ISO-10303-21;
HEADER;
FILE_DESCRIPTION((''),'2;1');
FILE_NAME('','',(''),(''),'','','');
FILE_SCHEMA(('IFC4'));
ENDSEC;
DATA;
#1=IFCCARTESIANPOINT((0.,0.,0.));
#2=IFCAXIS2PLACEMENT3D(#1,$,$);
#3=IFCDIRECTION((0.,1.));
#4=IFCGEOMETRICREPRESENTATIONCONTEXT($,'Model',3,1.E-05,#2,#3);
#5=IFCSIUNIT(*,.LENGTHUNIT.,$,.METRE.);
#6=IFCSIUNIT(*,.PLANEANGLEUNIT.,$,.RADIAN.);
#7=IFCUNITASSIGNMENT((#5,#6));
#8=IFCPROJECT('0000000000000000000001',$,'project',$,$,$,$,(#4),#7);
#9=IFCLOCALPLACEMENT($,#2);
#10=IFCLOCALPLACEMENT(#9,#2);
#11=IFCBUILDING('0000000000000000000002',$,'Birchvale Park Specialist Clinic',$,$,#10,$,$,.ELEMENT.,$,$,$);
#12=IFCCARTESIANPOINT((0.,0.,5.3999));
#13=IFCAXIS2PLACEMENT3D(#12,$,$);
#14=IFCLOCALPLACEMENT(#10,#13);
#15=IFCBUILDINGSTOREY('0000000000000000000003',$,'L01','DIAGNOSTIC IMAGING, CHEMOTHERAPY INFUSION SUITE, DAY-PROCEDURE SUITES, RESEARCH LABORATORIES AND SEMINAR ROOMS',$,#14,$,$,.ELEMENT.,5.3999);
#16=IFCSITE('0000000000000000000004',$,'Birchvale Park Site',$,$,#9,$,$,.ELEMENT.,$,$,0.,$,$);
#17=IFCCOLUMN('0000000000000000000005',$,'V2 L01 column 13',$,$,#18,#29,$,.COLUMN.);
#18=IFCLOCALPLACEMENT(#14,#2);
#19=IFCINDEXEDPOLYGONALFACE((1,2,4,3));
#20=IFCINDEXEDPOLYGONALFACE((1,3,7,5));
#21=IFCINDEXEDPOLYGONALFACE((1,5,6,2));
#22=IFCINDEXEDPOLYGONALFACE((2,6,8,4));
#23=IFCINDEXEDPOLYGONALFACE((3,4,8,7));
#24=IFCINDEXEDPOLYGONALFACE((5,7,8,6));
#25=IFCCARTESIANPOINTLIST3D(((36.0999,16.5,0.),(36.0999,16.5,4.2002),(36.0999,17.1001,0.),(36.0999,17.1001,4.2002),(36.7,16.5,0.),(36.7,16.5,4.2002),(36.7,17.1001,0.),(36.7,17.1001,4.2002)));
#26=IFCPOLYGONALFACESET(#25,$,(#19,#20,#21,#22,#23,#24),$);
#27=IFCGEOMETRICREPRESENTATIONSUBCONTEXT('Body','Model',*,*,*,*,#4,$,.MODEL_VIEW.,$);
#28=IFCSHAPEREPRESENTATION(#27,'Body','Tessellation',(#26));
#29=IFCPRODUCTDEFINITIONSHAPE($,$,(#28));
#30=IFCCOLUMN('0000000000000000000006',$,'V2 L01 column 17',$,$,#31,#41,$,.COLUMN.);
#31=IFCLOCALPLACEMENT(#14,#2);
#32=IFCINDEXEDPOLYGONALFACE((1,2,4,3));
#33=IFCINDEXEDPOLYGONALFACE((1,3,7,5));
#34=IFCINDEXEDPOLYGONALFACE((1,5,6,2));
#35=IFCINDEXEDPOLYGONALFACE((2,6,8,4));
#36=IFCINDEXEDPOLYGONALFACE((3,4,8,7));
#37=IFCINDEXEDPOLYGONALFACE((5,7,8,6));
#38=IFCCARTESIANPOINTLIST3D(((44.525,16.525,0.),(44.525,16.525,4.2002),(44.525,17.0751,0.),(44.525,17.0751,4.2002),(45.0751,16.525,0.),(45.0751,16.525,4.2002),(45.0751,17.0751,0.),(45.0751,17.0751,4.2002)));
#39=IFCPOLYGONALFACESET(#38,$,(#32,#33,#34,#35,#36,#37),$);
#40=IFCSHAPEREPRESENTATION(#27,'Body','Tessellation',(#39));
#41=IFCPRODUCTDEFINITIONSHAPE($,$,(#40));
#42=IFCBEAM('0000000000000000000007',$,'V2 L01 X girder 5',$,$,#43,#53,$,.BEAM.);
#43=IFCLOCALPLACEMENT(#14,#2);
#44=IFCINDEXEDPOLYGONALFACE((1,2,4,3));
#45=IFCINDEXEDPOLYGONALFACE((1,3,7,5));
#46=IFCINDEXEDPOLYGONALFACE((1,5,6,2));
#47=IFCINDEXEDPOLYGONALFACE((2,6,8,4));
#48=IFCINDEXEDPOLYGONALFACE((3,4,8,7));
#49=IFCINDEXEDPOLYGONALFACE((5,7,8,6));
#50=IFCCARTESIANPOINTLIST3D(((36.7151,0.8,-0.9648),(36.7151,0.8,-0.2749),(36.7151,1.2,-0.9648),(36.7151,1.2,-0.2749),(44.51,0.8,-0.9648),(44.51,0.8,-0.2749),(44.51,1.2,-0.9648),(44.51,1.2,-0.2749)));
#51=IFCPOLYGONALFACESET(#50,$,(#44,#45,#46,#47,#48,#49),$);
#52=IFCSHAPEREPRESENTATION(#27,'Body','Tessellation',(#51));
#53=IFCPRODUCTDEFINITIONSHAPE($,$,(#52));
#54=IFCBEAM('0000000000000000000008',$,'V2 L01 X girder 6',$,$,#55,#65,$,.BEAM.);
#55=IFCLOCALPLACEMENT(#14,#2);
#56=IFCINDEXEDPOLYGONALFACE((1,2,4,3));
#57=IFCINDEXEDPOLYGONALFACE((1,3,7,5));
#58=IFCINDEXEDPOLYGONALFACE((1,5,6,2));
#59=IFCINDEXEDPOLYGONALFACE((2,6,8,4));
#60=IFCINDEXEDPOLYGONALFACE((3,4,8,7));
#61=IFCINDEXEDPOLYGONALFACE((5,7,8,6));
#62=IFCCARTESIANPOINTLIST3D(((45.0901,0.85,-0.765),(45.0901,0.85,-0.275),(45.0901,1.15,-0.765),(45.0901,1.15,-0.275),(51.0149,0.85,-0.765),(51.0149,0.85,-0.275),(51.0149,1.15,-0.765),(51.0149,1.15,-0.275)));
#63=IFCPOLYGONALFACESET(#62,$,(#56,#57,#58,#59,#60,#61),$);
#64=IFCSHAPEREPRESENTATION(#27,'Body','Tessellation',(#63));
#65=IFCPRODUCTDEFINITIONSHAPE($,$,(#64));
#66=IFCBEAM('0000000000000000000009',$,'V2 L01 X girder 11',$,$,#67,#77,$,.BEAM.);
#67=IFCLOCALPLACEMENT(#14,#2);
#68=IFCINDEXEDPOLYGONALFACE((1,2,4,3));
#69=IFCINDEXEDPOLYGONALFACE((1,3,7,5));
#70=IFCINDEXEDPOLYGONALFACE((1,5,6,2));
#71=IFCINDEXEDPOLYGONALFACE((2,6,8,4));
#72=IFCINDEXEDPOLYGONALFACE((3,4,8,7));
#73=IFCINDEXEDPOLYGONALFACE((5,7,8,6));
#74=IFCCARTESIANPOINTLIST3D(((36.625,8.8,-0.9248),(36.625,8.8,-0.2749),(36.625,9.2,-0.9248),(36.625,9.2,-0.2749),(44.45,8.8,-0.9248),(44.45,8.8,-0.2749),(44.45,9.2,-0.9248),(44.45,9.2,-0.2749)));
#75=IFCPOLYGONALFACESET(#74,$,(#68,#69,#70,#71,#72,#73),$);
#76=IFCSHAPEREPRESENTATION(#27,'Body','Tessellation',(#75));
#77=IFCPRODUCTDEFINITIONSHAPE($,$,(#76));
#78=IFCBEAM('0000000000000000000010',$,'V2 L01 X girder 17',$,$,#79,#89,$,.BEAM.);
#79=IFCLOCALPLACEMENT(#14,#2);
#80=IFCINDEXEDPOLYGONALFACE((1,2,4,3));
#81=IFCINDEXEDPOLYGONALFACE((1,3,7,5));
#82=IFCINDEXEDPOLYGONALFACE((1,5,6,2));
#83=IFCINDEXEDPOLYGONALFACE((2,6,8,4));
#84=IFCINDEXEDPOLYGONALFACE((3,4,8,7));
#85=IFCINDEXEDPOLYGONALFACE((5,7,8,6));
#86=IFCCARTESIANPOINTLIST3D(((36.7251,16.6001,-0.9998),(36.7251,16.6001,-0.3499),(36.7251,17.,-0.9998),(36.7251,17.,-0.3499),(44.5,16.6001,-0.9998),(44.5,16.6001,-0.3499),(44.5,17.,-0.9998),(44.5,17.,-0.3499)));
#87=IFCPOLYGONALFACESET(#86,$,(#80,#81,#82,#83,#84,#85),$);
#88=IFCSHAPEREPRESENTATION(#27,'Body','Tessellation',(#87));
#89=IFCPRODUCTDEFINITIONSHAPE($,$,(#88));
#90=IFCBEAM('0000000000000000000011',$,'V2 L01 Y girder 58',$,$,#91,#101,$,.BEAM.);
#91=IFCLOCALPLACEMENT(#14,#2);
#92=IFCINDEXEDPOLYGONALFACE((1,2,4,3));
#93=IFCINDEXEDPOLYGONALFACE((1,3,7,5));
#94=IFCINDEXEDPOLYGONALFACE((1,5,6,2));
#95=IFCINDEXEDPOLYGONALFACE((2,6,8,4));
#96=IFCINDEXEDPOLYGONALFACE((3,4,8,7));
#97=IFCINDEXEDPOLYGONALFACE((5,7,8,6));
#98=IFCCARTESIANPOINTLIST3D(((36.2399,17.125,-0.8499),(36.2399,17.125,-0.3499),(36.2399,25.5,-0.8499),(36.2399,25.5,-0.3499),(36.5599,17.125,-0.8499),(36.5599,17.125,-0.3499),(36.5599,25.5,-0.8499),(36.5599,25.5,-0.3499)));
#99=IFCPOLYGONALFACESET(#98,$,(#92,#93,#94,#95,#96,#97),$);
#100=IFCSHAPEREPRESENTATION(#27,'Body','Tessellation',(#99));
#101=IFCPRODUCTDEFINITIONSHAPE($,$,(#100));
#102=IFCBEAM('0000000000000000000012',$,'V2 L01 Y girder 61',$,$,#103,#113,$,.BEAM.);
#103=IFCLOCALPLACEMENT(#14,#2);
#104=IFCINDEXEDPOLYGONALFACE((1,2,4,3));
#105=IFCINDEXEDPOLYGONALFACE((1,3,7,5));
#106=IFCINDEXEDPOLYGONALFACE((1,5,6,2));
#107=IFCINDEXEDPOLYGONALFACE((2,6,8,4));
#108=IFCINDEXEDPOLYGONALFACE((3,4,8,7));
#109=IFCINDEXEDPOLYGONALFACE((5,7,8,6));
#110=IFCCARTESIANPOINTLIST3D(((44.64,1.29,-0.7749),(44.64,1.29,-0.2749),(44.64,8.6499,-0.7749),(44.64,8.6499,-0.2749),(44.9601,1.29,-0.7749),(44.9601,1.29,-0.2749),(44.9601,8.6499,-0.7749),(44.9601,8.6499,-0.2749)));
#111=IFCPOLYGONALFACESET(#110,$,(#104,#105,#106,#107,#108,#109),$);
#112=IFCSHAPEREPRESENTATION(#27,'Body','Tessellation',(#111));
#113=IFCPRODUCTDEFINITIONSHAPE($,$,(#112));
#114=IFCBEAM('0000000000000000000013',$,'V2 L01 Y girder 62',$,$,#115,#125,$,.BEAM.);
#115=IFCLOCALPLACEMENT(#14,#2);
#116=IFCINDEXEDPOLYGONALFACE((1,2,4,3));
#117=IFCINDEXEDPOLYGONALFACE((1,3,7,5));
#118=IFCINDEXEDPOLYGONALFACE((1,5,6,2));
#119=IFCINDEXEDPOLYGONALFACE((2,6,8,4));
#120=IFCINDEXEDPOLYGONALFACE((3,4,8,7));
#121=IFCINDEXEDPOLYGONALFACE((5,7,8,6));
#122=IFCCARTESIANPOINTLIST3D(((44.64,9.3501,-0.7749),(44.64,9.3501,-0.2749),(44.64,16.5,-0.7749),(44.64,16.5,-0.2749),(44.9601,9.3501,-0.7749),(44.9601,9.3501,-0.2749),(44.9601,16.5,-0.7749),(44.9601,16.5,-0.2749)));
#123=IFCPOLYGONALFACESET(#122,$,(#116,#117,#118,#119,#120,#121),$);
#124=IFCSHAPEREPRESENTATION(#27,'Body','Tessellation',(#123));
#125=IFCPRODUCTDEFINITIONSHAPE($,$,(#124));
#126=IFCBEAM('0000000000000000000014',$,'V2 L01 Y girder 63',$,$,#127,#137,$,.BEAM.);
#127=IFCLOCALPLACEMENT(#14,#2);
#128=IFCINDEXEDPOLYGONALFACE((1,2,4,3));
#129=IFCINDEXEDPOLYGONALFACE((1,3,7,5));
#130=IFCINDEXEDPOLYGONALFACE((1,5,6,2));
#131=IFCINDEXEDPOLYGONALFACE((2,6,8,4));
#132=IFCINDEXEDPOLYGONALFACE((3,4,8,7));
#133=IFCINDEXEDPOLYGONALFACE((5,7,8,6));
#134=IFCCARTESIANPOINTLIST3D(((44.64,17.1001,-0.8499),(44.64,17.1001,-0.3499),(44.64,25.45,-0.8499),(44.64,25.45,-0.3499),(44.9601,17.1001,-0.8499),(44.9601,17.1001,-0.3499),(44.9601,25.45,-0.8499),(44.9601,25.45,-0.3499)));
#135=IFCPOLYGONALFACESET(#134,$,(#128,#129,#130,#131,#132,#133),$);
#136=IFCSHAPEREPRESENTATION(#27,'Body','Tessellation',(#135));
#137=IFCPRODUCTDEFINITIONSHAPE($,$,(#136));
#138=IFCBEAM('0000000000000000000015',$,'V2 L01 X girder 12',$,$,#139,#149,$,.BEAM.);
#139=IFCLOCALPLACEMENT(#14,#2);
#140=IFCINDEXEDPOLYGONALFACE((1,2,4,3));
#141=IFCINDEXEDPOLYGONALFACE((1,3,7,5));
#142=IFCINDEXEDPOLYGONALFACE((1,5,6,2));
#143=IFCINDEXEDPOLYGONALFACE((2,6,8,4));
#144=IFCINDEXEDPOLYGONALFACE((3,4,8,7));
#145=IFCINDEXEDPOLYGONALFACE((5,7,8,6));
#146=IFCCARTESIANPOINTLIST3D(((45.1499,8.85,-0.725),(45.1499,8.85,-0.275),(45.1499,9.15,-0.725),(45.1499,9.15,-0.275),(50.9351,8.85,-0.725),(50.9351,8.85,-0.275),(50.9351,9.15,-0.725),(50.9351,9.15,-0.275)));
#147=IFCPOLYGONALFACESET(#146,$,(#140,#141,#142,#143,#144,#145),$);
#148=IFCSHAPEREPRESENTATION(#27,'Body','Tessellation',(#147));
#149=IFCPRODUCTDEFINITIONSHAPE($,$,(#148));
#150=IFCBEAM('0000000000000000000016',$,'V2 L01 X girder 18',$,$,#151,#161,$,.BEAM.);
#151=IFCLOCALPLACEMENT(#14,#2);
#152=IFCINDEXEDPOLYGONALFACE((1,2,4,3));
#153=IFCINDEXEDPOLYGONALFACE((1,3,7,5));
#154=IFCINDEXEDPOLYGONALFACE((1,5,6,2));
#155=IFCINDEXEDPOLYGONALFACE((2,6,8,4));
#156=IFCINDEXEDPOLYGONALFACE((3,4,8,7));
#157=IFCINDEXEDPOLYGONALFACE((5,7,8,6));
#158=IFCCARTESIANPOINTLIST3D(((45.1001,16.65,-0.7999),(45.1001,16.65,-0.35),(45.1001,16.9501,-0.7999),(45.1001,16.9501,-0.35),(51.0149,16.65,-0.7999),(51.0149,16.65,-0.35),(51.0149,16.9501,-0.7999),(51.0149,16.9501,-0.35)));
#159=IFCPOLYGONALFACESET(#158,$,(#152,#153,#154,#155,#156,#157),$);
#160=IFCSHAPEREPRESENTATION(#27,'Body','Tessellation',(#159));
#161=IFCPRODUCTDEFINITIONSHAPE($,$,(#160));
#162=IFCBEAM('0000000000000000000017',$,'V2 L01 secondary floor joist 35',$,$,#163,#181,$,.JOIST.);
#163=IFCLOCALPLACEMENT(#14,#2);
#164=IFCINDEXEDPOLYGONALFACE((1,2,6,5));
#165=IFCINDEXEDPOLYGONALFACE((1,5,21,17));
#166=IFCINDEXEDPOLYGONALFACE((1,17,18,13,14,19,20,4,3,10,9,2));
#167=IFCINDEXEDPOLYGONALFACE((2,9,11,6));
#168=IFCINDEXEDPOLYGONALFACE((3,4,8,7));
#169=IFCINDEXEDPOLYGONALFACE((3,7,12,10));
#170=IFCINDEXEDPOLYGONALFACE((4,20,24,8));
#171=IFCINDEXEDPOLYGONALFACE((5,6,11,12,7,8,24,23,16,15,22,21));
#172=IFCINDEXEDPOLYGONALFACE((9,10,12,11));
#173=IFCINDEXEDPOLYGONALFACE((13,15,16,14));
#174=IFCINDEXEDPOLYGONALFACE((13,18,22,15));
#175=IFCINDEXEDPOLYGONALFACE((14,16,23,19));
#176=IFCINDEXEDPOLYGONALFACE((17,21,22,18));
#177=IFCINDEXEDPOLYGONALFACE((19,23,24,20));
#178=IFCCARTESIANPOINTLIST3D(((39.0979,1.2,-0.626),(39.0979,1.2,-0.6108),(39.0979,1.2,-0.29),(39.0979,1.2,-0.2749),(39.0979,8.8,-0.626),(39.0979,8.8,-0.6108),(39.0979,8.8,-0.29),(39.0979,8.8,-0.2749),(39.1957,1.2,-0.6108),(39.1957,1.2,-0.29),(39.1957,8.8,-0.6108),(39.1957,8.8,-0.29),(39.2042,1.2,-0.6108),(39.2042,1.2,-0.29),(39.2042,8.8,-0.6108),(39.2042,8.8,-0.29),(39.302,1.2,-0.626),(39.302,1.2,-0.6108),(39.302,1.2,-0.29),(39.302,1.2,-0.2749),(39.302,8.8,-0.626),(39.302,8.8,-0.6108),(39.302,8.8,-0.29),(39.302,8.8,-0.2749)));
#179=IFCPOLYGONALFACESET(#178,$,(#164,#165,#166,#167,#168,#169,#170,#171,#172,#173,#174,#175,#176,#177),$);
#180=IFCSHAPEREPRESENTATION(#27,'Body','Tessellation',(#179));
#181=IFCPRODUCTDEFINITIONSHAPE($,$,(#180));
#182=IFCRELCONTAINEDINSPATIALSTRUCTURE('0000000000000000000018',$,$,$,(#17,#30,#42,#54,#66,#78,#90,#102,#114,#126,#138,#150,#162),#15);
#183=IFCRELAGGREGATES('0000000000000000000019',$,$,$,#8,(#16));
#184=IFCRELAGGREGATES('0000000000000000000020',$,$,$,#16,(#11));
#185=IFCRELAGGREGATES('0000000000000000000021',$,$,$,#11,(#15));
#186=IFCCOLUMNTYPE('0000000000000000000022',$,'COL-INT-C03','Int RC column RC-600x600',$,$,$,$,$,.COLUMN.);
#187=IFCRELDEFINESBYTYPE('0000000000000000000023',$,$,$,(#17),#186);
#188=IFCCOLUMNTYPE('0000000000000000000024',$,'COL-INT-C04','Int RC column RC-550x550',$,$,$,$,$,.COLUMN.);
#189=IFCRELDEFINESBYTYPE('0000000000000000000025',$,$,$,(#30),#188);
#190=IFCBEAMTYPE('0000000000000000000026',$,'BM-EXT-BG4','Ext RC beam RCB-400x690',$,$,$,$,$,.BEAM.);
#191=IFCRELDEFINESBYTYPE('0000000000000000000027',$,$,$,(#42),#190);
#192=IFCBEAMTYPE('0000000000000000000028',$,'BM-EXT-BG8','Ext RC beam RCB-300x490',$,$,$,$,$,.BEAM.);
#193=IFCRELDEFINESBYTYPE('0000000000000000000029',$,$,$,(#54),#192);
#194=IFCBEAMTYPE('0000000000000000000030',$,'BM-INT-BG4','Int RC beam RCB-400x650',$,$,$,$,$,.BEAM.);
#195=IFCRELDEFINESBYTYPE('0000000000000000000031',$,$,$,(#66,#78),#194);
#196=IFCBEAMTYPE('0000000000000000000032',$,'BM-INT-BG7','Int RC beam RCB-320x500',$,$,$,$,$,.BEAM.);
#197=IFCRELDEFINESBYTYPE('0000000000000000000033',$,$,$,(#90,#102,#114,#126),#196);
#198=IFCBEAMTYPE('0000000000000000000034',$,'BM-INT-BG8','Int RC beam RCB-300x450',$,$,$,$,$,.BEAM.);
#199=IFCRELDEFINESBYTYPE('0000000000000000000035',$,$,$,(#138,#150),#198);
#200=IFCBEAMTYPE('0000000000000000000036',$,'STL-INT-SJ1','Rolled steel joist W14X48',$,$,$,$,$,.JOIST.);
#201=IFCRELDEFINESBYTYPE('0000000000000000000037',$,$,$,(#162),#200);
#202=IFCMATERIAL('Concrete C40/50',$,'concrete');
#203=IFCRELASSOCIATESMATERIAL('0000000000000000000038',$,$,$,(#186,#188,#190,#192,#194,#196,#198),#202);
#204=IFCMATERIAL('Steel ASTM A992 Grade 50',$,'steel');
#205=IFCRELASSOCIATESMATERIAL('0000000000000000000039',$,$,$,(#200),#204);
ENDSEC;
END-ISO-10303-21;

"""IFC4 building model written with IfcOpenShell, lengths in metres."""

from ifc_helpers import new_model, si_unit, direction, frame, origin, origin_2d, place, context, subcontext, project, spatial, rectangle, i_section, extrude, material, material_profile, profile_set, type_object, element, save


model = new_model("IFC4")

# Units and contexts
model_context = context("Model", 3, precision=1e-05, world=origin(), true_north=direction((0.0, 1.0)))
body_context = subcontext(model_context, "Body", "Model", "MODEL_VIEW")
ifc_project = project(units=[si_unit("LENGTHUNIT", "METRE"), si_unit("PLANEANGLEUNIT", "RADIAN")], contexts=[model_context])

# Site, building, storey
site_placement = place(None, origin())
site = spatial("IfcSite", under=ifc_project, at=site_placement, Name="Birchvale Park Site", CompositionType="ELEMENT", RefElevation=0.0)
building_placement = place(site_placement, origin())
building = spatial("IfcBuilding", under=site, at=building_placement, Name="Birchvale Park Specialist Clinic", CompositionType="ELEMENT")
storey_placement = place(building_placement, frame((0.0, 0.0, 5.3999)))
storey = spatial("IfcBuildingStorey", under=building, at=storey_placement, Name="L01", Description="DIAGNOSTIC IMAGING, CHEMOTHERAPY INFUSION SUITE, DAY-PROCEDURE SUITES, RESEARCH LABORATORIES AND SEMINAR ROOMS", CompositionType="ELEMENT", Elevation=5.3999)

# Columns
ifc_material_1 = material(Name="Concrete C40/50", Category="concrete")
ifc_material_profile_1 = material_profile(ifc_material_1, rectangle(XDim=0.6001, YDim=0.6001, at=origin_2d()), Name="RC-600x600")
ifc_profile_set_1 = profile_set([ifc_material_profile_1], Name="Concrete C40/50")
column_type_1 = type_object("IfcColumnType", Name="COL-INT-C03", Description="Int RC column RC-600x600", PredefinedType="COLUMN", material=ifc_profile_set_1)
column_1_placement = place(storey_placement, frame((36.3999, 16.8, 0.0), z_axis=(0.0, 0.0, 1.0), x_axis=(1.0, 0.0, 0.0)))
element("IfcColumn", 1, at=column_1_placement, inside=storey, type_object=column_type_1, Name="V2 L01 column 13", PredefinedType="COLUMN", context=body_context, shape_type="SweptSolid", body=[
    extrude(rectangle(XDim=0.6001, YDim=0.6001, at=origin_2d()), origin(), (0.0, 0.0, 1.0), 4.2002),
])
ifc_material_profile_2 = material_profile(ifc_material_1, rectangle(XDim=0.55, YDim=0.55, at=origin_2d()), Name="RC-550x550")
ifc_profile_set_2 = profile_set([ifc_material_profile_2], Name="Concrete C40/50")
column_type_2 = type_object("IfcColumnType", Name="COL-INT-C04", Description="Int RC column RC-550x550", PredefinedType="COLUMN", material=ifc_profile_set_2)
column_2_placement = place(storey_placement, frame((44.8, 16.8, 0.0), z_axis=(0.0, 0.0, 1.0), x_axis=(1.0, 0.0, 0.0)))
element("IfcColumn", 2, at=column_2_placement, inside=storey, type_object=column_type_2, Name="V2 L01 column 17", PredefinedType="COLUMN", context=body_context, shape_type="SweptSolid", body=[
    extrude(rectangle(XDim=0.55, YDim=0.55, at=origin_2d()), origin(), (0.0, 0.0, 1.0), 4.2002),
])

# Beams
ifc_material_profile_3 = material_profile(ifc_material_1, rectangle(XDim=0.3999, YDim=0.6899, at=origin_2d()), Name="RCB-400x690")
ifc_profile_set_3 = profile_set([ifc_material_profile_3], Name="Concrete C40/50")
beam_type_1 = type_object("IfcBeamType", Name="BM-EXT-BG4", Description="Ext RC beam RCB-400x690", PredefinedType="BEAM", material=ifc_profile_set_3)
beam_1_placement = place(storey_placement, frame((36.7151, 1.0, -0.6199), z_axis=(1.0, 0.0, 0.0), x_axis=(0.0, 1.0, 0.0)))
element("IfcBeam", 3, at=beam_1_placement, inside=storey, type_object=beam_type_1, Name="V2 L01 X girder 5", PredefinedType="BEAM", context=body_context, shape_type="SweptSolid", body=[
    extrude(rectangle(XDim=0.3999, YDim=0.6899, at=origin_2d()), origin(), (0.0, 0.0, 1.0), 7.7949),
])
ifc_material_profile_4 = material_profile(ifc_material_1, rectangle(XDim=0.3, YDim=0.49, at=origin_2d()), Name="RCB-300x490")
ifc_profile_set_4 = profile_set([ifc_material_profile_4], Name="Concrete C40/50")
beam_type_2 = type_object("IfcBeamType", Name="BM-EXT-BG8", Description="Ext RC beam RCB-300x490", PredefinedType="BEAM", material=ifc_profile_set_4)
beam_2_placement = place(storey_placement, frame((45.0901, 1.0, -0.52), z_axis=(1.0, 0.0, 0.0), x_axis=(0.0, 1.0, 0.0)))
element("IfcBeam", 4, at=beam_2_placement, inside=storey, type_object=beam_type_2, Name="V2 L01 X girder 6", PredefinedType="BEAM", context=body_context, shape_type="SweptSolid", body=[
    extrude(rectangle(XDim=0.3, YDim=0.49, at=origin_2d()), origin(), (0.0, 0.0, 1.0), 5.9248),
])
ifc_material_profile_5 = material_profile(ifc_material_1, rectangle(XDim=0.3999, YDim=0.6499, at=origin_2d()), Name="RCB-400x650")
ifc_profile_set_5 = profile_set([ifc_material_profile_5], Name="Concrete C40/50")
beam_type_3 = type_object("IfcBeamType", Name="BM-INT-BG4", Description="Int RC beam RCB-400x650", PredefinedType="BEAM", material=ifc_profile_set_5)
beam_3_placement = place(storey_placement, frame((36.625, 9.0, -0.5999), z_axis=(1.0, 0.0, 0.0), x_axis=(0.0, 1.0, 0.0)))
element("IfcBeam", 5, at=beam_3_placement, inside=storey, type_object=beam_type_3, Name="V2 L01 X girder 11", PredefinedType="BEAM", context=body_context, shape_type="SweptSolid", body=[
    extrude(rectangle(XDim=0.3999, YDim=0.6499, at=origin_2d()), origin(), (0.0, 0.0, 1.0), 7.825),
])
beam_4_placement = place(storey_placement, frame((36.7251, 16.8, -0.6748), z_axis=(1.0, 0.0, 0.0), x_axis=(0.0, 1.0, 0.0)))
element("IfcBeam", 6, at=beam_4_placement, inside=storey, type_object=beam_type_3, Name="V2 L01 X girder 17", PredefinedType="BEAM", context=body_context, shape_type="SweptSolid", body=[
    extrude(rectangle(XDim=0.3999, YDim=0.6499, at=origin_2d()), origin(), (0.0, 0.0, 1.0), 7.7749),
])
ifc_material_profile_6 = material_profile(ifc_material_1, rectangle(XDim=0.3201, YDim=0.5, at=origin_2d()), Name="RCB-320x500")
ifc_profile_set_6 = profile_set([ifc_material_profile_6], Name="Concrete C40/50")
beam_type_4 = type_object("IfcBeamType", Name="BM-INT-BG7", Description="Int RC beam RCB-320x500", PredefinedType="BEAM", material=ifc_profile_set_6)
beam_5_placement = place(storey_placement, frame((36.3999, 17.125, -0.5999), z_axis=(0.0, 1.0, 0.0), x_axis=(-1.0, 0.0, 0.0)))
element("IfcBeam", 7, at=beam_5_placement, inside=storey, type_object=beam_type_4, Name="V2 L01 Y girder 58", PredefinedType="BEAM", context=body_context, shape_type="SweptSolid", body=[
    extrude(rectangle(XDim=0.3201, YDim=0.5, at=origin_2d()), origin(), (0.0, 0.0, 1.0), 8.375),
])
beam_6_placement = place(storey_placement, frame((44.8, 1.29, -0.5249), z_axis=(0.0, 1.0, 0.0), x_axis=(-1.0, 0.0, 0.0)))
element("IfcBeam", 8, at=beam_6_placement, inside=storey, type_object=beam_type_4, Name="V2 L01 Y girder 61", PredefinedType="BEAM", context=body_context, shape_type="SweptSolid", body=[
    extrude(rectangle(XDim=0.3201, YDim=0.5, at=origin_2d()), origin(), (0.0, 0.0, 1.0), 7.3599),
])
beam_7_placement = place(storey_placement, frame((44.8, 9.3501, -0.5249), z_axis=(0.0, 1.0, 0.0), x_axis=(-1.0, 0.0, 0.0)))
element("IfcBeam", 9, at=beam_7_placement, inside=storey, type_object=beam_type_4, Name="V2 L01 Y girder 62", PredefinedType="BEAM", context=body_context, shape_type="SweptSolid", body=[
    extrude(rectangle(XDim=0.3201, YDim=0.5, at=origin_2d()), origin(), (0.0, 0.0, 1.0), 7.1499),
])
beam_8_placement = place(storey_placement, frame((44.8, 17.1001, -0.5999), z_axis=(0.0, 1.0, 0.0), x_axis=(-1.0, 0.0, 0.0)))
element("IfcBeam", 10, at=beam_8_placement, inside=storey, type_object=beam_type_4, Name="V2 L01 Y girder 63", PredefinedType="BEAM", context=body_context, shape_type="SweptSolid", body=[
    extrude(rectangle(XDim=0.3201, YDim=0.5, at=origin_2d()), origin(), (0.0, 0.0, 1.0), 8.3499),
])
ifc_material_profile_7 = material_profile(ifc_material_1, rectangle(XDim=0.3, YDim=0.45, at=origin_2d()), Name="RCB-300x450")
ifc_profile_set_7 = profile_set([ifc_material_profile_7], Name="Concrete C40/50")
beam_type_5 = type_object("IfcBeamType", Name="BM-INT-BG8", Description="Int RC beam RCB-300x450", PredefinedType="BEAM", material=ifc_profile_set_7)
beam_9_placement = place(storey_placement, frame((45.1499, 9.0, -0.5), z_axis=(1.0, 0.0, 0.0), x_axis=(0.0, 1.0, 0.0)))
element("IfcBeam", 11, at=beam_9_placement, inside=storey, type_object=beam_type_5, Name="V2 L01 X girder 12", PredefinedType="BEAM", context=body_context, shape_type="SweptSolid", body=[
    extrude(rectangle(XDim=0.3, YDim=0.45, at=origin_2d()), origin(), (0.0, 0.0, 1.0), 5.7852),
])
beam_10_placement = place(storey_placement, frame((45.1001, 16.8, -0.575), z_axis=(1.0, 0.0, 0.0), x_axis=(0.0, 1.0, 0.0)))
element("IfcBeam", 12, at=beam_10_placement, inside=storey, type_object=beam_type_5, Name="V2 L01 X girder 18", PredefinedType="BEAM", context=body_context, shape_type="SweptSolid", body=[
    extrude(rectangle(XDim=0.3, YDim=0.45, at=origin_2d()), origin(), (0.0, 0.0, 1.0), 5.9148),
])
ifc_material_2 = material(Name="Steel ASTM A992 Grade 50", Category="steel")
ifc_material_profile_8 = material_profile(ifc_material_2, i_section(OverallWidth=0.2041, OverallDepth=0.3511, WebThickness=0.0085, FlangeThickness=0.0151, at=origin_2d()), Name="W14X48")
ifc_profile_set_8 = profile_set([ifc_material_profile_8], Name="Steel ASTM A992 Grade 50")
beam_type_6 = type_object("IfcBeamType", Name="STL-INT-SJ1", Description="Rolled steel joist W14X48", PredefinedType="JOIST", material=ifc_profile_set_8)
beam_11_placement = place(storey_placement, frame((39.2, 1.2, -0.4504), z_axis=(0.0, 1.0, 0.0), x_axis=(-1.0, 0.0, 0.0)))
element("IfcBeam", 13, at=beam_11_placement, inside=storey, type_object=beam_type_6, Name="V2 L01 secondary floor joist 35", PredefinedType="JOIST", context=body_context, shape_type="SweptSolid", body=[
    extrude(i_section(OverallWidth=0.2041, OverallDepth=0.3511, WebThickness=0.0085, FlangeThickness=0.0151, at=origin_2d()), origin(), (0.0, 0.0, 1.0), 7.6001),
])

save(model, "model.ifc")
